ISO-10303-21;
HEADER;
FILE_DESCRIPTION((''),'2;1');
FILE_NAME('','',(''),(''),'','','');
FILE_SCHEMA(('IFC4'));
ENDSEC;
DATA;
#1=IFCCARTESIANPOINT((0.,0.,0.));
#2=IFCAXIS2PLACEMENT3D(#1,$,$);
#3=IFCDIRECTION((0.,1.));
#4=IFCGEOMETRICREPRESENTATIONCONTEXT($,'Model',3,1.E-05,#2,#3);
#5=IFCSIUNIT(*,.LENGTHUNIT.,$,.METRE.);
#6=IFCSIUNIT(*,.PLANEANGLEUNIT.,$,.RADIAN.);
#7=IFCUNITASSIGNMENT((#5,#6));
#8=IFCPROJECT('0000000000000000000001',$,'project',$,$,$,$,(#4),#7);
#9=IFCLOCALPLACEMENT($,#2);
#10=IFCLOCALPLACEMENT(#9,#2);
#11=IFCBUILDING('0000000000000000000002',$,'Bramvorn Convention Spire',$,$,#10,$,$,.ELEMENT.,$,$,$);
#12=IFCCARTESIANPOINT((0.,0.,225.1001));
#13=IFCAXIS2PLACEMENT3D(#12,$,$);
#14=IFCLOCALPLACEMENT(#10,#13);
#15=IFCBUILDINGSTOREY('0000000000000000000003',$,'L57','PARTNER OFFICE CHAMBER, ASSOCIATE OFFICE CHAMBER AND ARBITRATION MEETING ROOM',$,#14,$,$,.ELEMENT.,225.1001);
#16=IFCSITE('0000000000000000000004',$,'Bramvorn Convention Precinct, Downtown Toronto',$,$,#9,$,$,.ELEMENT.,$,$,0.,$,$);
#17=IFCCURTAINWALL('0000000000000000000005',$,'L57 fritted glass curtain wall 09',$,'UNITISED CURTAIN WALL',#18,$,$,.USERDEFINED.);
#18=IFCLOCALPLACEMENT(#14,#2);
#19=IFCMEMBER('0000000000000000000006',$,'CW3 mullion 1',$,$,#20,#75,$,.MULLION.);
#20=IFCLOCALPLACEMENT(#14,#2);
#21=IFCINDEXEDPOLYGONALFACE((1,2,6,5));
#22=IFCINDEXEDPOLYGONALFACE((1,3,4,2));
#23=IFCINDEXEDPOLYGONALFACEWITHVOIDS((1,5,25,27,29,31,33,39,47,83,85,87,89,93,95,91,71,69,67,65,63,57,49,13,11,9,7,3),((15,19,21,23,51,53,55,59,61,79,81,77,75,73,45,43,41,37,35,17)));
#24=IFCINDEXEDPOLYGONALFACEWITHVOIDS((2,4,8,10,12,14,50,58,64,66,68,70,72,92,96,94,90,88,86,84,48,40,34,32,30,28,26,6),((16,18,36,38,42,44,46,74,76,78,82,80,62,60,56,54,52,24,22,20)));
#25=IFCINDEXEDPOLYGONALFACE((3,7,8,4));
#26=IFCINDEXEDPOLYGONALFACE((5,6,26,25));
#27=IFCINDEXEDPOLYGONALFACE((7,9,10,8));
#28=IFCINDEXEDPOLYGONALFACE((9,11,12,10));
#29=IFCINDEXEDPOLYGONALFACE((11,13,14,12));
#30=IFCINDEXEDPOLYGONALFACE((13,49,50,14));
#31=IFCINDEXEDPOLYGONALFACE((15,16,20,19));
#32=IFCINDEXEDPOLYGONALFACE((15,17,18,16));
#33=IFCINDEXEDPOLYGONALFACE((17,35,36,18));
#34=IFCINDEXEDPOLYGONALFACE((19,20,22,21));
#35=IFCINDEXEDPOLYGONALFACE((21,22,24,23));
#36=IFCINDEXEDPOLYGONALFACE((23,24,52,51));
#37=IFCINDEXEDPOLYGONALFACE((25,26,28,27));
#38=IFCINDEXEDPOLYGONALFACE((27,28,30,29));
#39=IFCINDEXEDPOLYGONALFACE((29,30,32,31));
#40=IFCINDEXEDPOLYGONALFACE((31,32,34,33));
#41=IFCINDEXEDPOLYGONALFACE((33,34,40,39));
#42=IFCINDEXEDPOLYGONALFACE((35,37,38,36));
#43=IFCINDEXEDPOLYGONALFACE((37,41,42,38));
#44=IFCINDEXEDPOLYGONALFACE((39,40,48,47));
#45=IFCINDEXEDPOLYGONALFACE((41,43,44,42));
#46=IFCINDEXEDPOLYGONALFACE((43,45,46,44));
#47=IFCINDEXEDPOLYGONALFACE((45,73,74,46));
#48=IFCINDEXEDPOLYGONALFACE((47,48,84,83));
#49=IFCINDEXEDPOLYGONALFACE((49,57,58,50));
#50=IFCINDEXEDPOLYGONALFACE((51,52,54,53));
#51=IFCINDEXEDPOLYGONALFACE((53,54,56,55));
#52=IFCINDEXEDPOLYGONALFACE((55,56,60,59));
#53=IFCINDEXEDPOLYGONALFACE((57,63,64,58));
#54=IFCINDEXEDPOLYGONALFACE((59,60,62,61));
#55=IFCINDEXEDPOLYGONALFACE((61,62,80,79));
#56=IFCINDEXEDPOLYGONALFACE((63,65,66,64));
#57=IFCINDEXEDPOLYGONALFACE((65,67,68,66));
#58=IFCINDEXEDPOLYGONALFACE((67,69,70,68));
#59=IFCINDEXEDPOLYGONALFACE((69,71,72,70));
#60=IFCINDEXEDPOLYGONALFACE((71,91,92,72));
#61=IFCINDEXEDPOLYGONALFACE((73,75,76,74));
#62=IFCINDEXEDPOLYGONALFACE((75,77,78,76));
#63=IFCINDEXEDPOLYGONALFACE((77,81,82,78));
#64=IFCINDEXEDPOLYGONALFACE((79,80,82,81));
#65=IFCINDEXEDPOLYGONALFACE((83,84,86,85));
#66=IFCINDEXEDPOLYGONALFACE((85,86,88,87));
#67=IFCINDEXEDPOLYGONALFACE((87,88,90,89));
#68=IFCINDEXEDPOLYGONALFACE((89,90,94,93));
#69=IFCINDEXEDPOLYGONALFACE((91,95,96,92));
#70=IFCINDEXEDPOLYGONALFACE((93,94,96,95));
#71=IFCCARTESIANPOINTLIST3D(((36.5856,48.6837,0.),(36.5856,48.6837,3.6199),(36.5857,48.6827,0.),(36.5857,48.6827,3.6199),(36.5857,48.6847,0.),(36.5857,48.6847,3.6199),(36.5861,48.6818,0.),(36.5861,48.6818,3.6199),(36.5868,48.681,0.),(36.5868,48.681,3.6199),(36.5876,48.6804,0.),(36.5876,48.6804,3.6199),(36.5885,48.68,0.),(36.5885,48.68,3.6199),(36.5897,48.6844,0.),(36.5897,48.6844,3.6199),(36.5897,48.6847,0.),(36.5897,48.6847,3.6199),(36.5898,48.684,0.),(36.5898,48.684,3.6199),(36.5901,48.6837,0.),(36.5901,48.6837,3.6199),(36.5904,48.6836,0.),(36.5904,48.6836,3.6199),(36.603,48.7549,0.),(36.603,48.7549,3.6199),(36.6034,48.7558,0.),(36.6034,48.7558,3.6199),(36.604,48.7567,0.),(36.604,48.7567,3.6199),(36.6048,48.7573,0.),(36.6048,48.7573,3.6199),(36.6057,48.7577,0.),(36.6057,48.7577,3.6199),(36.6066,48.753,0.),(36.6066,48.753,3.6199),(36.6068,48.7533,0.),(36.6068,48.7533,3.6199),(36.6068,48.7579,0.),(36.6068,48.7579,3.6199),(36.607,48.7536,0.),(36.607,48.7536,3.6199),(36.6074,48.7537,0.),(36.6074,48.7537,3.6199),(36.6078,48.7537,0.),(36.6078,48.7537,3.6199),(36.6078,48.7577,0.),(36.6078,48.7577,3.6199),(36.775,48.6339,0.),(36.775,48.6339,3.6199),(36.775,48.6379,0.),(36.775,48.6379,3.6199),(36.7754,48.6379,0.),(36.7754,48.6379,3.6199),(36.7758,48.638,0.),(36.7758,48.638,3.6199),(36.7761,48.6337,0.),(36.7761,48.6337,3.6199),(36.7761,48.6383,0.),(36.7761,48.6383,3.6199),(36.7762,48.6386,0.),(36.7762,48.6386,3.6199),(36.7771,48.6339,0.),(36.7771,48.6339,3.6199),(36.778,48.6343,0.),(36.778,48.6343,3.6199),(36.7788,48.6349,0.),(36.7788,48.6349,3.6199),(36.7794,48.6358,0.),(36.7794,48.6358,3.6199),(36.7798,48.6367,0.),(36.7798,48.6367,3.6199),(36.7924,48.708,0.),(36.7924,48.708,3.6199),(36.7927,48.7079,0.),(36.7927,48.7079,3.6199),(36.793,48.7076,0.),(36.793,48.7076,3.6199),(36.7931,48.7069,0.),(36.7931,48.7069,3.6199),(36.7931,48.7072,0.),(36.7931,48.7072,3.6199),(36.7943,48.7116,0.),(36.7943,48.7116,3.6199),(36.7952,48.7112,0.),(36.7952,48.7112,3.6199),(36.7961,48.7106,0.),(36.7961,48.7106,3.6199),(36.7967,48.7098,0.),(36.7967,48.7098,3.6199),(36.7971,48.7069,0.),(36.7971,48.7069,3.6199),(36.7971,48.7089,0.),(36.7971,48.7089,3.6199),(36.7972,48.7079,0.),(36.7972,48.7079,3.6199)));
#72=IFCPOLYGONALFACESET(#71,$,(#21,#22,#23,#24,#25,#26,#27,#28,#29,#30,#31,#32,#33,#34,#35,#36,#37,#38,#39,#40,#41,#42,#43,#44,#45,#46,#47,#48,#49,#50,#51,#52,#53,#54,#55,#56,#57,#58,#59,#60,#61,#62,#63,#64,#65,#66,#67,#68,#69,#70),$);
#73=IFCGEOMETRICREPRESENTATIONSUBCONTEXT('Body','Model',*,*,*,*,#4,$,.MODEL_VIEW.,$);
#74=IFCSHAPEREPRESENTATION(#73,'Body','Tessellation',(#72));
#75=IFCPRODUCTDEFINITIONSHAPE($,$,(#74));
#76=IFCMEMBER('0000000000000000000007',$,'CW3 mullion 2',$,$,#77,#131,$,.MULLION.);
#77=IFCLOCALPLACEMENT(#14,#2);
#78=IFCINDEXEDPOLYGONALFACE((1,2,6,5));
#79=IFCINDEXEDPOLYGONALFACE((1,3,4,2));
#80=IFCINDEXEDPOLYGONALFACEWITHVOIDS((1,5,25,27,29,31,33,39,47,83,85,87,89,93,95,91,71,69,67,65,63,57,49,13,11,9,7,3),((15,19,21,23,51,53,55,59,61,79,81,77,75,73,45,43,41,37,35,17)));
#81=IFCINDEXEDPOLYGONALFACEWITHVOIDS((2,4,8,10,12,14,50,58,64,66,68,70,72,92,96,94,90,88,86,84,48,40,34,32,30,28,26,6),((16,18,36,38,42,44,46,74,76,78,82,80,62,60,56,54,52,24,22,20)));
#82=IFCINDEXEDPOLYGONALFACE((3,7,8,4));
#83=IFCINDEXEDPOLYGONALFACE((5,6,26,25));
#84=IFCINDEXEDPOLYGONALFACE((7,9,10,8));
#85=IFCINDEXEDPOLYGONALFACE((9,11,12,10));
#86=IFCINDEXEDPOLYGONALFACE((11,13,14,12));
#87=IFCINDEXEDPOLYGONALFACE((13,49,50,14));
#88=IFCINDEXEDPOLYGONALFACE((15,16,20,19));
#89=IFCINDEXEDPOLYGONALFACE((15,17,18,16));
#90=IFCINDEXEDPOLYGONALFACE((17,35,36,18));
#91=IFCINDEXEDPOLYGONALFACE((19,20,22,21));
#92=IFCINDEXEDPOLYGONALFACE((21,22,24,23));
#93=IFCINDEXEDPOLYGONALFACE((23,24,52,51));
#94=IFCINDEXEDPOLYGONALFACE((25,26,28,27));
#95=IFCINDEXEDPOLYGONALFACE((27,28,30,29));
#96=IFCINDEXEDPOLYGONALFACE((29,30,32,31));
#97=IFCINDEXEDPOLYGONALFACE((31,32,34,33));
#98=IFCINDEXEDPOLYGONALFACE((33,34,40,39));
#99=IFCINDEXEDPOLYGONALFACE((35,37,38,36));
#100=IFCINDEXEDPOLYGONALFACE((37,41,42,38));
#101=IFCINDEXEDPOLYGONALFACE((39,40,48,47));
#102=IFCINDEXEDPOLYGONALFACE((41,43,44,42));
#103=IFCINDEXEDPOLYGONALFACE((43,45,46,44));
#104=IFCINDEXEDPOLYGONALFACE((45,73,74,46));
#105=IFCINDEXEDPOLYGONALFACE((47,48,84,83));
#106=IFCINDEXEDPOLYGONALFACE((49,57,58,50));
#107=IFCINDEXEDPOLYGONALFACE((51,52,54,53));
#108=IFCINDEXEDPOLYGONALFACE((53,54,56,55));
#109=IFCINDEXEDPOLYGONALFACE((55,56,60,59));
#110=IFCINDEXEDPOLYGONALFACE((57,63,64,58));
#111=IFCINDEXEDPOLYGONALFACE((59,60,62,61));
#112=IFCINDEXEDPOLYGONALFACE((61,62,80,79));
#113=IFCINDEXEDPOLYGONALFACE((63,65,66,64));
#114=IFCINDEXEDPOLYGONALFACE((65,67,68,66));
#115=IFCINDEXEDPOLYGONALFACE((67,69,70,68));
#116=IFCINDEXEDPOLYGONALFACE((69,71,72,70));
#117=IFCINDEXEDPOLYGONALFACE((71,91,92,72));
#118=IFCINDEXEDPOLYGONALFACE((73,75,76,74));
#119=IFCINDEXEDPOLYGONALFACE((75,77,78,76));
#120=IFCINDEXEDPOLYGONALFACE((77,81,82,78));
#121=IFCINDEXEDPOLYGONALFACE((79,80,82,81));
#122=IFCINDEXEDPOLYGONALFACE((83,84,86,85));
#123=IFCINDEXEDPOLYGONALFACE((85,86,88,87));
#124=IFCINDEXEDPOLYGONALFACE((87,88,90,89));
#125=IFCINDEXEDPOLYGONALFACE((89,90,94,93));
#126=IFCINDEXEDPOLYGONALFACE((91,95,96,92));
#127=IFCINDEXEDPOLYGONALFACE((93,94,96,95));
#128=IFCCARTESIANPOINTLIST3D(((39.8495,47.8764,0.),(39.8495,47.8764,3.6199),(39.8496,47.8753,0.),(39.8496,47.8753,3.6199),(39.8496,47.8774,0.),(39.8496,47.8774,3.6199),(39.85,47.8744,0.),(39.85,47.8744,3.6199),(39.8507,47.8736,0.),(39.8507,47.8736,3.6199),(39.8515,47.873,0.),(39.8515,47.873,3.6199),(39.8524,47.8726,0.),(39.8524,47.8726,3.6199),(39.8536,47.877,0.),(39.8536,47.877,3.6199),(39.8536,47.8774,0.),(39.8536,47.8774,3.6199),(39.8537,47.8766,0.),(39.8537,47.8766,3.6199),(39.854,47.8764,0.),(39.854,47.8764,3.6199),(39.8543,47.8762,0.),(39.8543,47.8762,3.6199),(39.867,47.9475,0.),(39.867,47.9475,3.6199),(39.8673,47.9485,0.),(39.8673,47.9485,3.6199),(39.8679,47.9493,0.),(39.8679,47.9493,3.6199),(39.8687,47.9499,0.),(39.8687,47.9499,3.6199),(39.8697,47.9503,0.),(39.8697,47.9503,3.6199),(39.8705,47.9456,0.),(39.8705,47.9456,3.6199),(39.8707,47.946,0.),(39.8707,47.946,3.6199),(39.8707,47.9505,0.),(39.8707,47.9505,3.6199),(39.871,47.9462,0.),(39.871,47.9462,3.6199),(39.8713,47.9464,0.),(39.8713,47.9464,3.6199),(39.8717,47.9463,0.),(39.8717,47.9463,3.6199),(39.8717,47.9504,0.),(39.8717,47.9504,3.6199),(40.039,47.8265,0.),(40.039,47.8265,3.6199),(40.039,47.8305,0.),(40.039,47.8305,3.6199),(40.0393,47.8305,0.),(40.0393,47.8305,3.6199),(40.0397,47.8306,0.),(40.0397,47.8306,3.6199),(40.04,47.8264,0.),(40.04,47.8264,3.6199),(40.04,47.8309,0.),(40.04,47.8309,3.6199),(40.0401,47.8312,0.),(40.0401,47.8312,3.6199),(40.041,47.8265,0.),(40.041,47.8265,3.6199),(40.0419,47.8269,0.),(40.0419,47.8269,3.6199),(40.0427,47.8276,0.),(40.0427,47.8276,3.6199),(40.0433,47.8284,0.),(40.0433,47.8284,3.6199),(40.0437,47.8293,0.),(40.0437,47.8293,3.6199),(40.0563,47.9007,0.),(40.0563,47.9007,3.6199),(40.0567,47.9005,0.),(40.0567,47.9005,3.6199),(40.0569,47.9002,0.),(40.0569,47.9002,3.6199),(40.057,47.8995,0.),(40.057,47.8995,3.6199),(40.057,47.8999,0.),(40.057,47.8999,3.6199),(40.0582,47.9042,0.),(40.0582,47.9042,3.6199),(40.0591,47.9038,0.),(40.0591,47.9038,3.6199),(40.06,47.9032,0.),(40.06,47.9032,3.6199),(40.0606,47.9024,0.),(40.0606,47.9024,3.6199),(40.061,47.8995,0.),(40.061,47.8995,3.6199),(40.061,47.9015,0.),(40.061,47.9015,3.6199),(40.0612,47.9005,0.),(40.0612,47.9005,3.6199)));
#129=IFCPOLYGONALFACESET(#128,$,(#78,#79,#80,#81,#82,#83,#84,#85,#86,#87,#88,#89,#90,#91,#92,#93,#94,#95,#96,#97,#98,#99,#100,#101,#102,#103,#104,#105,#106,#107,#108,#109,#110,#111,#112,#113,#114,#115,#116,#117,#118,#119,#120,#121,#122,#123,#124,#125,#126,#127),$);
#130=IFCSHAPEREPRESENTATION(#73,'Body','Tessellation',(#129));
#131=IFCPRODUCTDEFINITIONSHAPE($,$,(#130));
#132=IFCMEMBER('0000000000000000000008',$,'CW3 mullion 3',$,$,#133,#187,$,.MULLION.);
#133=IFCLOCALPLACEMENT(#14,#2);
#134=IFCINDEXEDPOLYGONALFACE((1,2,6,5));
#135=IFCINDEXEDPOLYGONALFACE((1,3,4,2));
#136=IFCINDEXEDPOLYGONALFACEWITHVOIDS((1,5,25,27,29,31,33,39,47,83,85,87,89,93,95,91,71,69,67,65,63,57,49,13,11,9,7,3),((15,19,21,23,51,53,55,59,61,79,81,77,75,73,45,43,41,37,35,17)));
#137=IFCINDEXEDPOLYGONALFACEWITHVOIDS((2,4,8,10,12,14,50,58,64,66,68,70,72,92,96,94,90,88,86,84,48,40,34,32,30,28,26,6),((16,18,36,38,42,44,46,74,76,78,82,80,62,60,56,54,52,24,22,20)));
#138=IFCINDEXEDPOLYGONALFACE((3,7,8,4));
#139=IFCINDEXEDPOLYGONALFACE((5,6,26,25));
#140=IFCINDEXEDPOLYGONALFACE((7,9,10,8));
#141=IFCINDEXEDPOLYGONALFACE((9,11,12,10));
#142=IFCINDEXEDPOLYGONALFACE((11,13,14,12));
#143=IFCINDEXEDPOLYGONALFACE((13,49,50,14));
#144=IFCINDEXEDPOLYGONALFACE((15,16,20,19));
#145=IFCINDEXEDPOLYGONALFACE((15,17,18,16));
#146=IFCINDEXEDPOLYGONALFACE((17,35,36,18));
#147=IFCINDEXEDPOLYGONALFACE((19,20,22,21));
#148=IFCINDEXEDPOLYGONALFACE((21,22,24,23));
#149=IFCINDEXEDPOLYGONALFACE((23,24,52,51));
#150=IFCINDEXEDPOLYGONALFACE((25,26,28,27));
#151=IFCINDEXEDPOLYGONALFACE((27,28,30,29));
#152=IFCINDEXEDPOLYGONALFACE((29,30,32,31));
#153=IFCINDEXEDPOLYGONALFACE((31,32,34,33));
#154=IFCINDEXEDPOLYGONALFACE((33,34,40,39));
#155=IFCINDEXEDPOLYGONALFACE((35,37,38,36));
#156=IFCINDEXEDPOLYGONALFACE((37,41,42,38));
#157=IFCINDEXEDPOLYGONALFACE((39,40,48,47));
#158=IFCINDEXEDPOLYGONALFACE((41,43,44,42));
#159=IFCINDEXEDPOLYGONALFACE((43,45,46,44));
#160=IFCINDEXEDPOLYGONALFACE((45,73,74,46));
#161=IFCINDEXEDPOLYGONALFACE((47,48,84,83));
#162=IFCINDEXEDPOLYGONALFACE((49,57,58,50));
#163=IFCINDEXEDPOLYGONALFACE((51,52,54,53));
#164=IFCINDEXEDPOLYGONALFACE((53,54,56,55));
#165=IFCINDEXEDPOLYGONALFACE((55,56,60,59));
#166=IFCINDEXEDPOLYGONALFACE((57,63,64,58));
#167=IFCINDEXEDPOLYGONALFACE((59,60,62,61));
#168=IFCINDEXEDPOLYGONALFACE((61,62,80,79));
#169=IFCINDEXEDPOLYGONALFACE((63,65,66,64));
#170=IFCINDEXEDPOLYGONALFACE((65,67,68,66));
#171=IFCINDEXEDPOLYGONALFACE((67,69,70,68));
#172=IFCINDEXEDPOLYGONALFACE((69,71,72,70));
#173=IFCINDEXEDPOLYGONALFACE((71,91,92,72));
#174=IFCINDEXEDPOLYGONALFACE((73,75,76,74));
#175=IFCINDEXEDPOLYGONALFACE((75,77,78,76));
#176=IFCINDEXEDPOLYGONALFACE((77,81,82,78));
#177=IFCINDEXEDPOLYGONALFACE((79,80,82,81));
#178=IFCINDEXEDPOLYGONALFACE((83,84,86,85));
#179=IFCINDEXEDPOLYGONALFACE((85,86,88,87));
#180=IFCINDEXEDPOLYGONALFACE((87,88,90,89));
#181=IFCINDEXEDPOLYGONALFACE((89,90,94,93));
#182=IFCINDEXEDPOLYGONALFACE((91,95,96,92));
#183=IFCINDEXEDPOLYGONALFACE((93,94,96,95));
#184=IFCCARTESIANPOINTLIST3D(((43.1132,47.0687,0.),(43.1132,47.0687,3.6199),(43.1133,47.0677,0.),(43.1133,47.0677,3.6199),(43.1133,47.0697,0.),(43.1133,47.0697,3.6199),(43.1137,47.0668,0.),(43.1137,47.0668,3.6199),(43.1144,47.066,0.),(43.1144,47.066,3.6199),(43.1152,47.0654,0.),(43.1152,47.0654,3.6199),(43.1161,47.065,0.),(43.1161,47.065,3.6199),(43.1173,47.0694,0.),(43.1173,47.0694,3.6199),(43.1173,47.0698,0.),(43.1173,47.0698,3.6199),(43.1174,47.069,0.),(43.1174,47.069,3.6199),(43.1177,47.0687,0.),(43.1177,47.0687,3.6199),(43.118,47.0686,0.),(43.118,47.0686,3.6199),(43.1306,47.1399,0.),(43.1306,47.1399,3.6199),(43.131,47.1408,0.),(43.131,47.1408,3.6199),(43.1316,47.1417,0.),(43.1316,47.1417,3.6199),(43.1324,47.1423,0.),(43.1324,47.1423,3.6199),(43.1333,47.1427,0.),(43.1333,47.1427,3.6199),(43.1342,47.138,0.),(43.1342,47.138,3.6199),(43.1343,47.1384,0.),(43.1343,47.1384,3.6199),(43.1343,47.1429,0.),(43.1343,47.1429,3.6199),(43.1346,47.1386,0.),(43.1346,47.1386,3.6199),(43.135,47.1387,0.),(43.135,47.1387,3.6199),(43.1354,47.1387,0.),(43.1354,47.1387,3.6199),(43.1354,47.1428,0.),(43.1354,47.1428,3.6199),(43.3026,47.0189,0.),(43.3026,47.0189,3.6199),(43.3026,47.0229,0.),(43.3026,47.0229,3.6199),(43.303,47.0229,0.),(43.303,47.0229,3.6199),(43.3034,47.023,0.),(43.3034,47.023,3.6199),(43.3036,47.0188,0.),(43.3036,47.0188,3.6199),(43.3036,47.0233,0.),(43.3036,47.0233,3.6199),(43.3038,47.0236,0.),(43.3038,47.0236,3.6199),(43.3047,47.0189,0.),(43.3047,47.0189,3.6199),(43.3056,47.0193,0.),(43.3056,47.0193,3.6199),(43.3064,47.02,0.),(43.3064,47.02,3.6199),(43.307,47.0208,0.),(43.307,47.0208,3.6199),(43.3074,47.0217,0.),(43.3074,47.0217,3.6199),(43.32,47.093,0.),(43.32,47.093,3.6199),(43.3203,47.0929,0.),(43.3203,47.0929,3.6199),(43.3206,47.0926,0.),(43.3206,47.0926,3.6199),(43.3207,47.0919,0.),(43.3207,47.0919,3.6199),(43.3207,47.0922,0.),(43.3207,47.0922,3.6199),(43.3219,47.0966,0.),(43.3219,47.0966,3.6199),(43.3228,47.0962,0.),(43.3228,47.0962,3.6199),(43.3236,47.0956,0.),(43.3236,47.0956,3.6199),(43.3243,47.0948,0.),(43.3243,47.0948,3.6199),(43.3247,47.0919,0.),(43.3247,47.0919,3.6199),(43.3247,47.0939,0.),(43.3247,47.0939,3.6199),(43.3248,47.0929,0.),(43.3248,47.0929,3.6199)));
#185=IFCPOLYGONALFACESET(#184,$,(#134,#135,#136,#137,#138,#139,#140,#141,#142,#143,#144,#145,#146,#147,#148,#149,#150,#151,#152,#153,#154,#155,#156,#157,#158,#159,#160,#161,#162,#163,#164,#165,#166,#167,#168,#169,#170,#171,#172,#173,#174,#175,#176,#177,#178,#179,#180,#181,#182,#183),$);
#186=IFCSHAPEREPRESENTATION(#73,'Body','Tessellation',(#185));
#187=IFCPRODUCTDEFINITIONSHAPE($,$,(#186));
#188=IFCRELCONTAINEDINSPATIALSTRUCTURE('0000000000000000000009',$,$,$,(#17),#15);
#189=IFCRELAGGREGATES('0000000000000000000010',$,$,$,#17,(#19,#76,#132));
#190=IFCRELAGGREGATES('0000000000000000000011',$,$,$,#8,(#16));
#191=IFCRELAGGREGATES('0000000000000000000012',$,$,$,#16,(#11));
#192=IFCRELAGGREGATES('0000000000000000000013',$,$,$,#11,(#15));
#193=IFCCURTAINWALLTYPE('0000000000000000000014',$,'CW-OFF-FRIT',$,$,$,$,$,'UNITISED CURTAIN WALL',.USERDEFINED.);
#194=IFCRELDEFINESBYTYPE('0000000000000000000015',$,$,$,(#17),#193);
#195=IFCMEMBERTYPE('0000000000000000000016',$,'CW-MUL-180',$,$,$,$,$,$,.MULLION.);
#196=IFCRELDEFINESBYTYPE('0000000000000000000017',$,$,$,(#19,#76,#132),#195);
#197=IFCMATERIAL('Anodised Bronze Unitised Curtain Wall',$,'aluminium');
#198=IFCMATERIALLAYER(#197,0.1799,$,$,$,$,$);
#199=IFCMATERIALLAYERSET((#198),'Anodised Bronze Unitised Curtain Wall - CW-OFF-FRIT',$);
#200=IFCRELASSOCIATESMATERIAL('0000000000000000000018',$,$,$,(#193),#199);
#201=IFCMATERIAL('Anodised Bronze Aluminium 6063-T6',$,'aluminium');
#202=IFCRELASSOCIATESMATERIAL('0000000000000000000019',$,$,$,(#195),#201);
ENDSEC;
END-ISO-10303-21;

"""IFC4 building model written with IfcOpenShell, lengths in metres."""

from ifc_helpers import new_model, si_unit, direction, frame, origin, origin_2d, place, context, subcontext, project, spatial, hollow_rectangle, extrude, material, layer, layer_set, material_profile, profile_set, type_object, element, aggregate, save


model = new_model("IFC4")

# Units and contexts
model_context = context("Model", 3, precision=1e-05, world=origin(), true_north=direction((0.0, 1.0)))
body_context = subcontext(model_context, "Body", "Model", "MODEL_VIEW")
ifc_project = project(units=[si_unit("LENGTHUNIT", "METRE"), si_unit("PLANEANGLEUNIT", "RADIAN")], contexts=[model_context])

# Site, building, storey
site_placement = place(None, origin())
site = spatial("IfcSite", under=ifc_project, at=site_placement, Name="Bramvorn Convention Precinct, Downtown Toronto", CompositionType="ELEMENT", RefElevation=0.0)
building_placement = place(site_placement, origin())
building = spatial("IfcBuilding", under=site, at=building_placement, Name="Bramvorn Convention Spire", CompositionType="ELEMENT")
storey_placement = place(building_placement, frame((0.0, 0.0, 225.1001)))
storey = spatial("IfcBuildingStorey", under=building, at=storey_placement, Name="L57", Description="PARTNER OFFICE CHAMBER, ASSOCIATE OFFICE CHAMBER AND ARBITRATION MEETING ROOM", CompositionType="ELEMENT", Elevation=225.1001)

# Curtain wall, members
ifc_material_1 = material(Name="Anodised Bronze Unitised Curtain Wall", Category="aluminium")
ifc_layer_1 = layer(ifc_material_1, 0.1799)
ifc_layer_set_1 = layer_set([ifc_layer_1], Name="Anodised Bronze Unitised Curtain Wall - CW-OFF-FRIT")
curtain_wall_type = type_object("IfcCurtainWallType", Name="CW-OFF-FRIT", ElementType="UNITISED CURTAIN WALL", PredefinedType="USERDEFINED", material=ifc_layer_set_1)
ifc_material_2 = material(Name="Anodised Bronze Aluminium 6063-T6", Category="aluminium")
ifc_material_profile_1 = material_profile(ifc_material_2, hollow_rectangle(XDim=0.0801, YDim=0.2, WallThickness=0.0039, InnerFilletRadius=0.001, OuterFilletRadius=0.0039, at=origin_2d()))
ifc_profile_set_1 = profile_set([ifc_material_profile_1], Name="Anodised Bronze Aluminium 6063-T6 - CWM80X200")
member_type_1 = type_object("IfcMemberType", Name="CW-MUL-180", PredefinedType="MULLION", material=ifc_profile_set_1)
curtain_wall_1_placement = place(storey_placement, origin())
curtain_wall_1 = element("IfcCurtainWall", 1, at=curtain_wall_1_placement, inside=storey, type_object=curtain_wall_type, Name="L57 fritted glass curtain wall 09", ObjectType="UNITISED CURTAIN WALL", PredefinedType="USERDEFINED")
member_1_placement = place(storey_placement, frame((36.6914, 48.6958, 0.0), z_axis=(0.0, 0.0, 1.0), x_axis=(0.24018, 0.970728, 0.0)))
member_1 = element("IfcMember", 2, at=member_1_placement, type_object=member_type_1, Name="CW3 mullion 1", PredefinedType="MULLION", context=body_context, shape_type="SweptSolid", body=[
    extrude(hollow_rectangle(XDim=0.0801, YDim=0.2, WallThickness=0.0039, InnerFilletRadius=0.001, OuterFilletRadius=0.0039, at=origin_2d()), origin(), (0.0, 0.0, 1.0), 3.6199),
])
member_2_placement = place(storey_placement, frame((39.9553, 47.8884, 0.0), z_axis=(0.0, 0.0, 1.0), x_axis=(0.24018, 0.970728, 0.0)))
member_2 = element("IfcMember", 3, at=member_2_placement, type_object=member_type_1, Name="CW3 mullion 2", PredefinedType="MULLION", context=body_context, shape_type="SweptSolid", body=[
    extrude(hollow_rectangle(XDim=0.0801, YDim=0.2, WallThickness=0.0039, InnerFilletRadius=0.001, OuterFilletRadius=0.0039, at=origin_2d()), origin(), (0.0, 0.0, 1.0), 3.6199),
])
member_3_placement = place(storey_placement, frame((43.219, 47.0808, 0.0), z_axis=(0.0, 0.0, 1.0), x_axis=(0.24018, 0.970728, 0.0)))
member_3 = element("IfcMember", 4, at=member_3_placement, type_object=member_type_1, Name="CW3 mullion 3", PredefinedType="MULLION", context=body_context, shape_type="SweptSolid", body=[
    extrude(hollow_rectangle(XDim=0.0801, YDim=0.2, WallThickness=0.0039, InnerFilletRadius=0.001, OuterFilletRadius=0.0039, at=origin_2d()), origin(), (0.0, 0.0, 1.0), 3.6199),
])

aggregate(curtain_wall_1, [member_1, member_2, member_3])

save(model, "model.ifc")
